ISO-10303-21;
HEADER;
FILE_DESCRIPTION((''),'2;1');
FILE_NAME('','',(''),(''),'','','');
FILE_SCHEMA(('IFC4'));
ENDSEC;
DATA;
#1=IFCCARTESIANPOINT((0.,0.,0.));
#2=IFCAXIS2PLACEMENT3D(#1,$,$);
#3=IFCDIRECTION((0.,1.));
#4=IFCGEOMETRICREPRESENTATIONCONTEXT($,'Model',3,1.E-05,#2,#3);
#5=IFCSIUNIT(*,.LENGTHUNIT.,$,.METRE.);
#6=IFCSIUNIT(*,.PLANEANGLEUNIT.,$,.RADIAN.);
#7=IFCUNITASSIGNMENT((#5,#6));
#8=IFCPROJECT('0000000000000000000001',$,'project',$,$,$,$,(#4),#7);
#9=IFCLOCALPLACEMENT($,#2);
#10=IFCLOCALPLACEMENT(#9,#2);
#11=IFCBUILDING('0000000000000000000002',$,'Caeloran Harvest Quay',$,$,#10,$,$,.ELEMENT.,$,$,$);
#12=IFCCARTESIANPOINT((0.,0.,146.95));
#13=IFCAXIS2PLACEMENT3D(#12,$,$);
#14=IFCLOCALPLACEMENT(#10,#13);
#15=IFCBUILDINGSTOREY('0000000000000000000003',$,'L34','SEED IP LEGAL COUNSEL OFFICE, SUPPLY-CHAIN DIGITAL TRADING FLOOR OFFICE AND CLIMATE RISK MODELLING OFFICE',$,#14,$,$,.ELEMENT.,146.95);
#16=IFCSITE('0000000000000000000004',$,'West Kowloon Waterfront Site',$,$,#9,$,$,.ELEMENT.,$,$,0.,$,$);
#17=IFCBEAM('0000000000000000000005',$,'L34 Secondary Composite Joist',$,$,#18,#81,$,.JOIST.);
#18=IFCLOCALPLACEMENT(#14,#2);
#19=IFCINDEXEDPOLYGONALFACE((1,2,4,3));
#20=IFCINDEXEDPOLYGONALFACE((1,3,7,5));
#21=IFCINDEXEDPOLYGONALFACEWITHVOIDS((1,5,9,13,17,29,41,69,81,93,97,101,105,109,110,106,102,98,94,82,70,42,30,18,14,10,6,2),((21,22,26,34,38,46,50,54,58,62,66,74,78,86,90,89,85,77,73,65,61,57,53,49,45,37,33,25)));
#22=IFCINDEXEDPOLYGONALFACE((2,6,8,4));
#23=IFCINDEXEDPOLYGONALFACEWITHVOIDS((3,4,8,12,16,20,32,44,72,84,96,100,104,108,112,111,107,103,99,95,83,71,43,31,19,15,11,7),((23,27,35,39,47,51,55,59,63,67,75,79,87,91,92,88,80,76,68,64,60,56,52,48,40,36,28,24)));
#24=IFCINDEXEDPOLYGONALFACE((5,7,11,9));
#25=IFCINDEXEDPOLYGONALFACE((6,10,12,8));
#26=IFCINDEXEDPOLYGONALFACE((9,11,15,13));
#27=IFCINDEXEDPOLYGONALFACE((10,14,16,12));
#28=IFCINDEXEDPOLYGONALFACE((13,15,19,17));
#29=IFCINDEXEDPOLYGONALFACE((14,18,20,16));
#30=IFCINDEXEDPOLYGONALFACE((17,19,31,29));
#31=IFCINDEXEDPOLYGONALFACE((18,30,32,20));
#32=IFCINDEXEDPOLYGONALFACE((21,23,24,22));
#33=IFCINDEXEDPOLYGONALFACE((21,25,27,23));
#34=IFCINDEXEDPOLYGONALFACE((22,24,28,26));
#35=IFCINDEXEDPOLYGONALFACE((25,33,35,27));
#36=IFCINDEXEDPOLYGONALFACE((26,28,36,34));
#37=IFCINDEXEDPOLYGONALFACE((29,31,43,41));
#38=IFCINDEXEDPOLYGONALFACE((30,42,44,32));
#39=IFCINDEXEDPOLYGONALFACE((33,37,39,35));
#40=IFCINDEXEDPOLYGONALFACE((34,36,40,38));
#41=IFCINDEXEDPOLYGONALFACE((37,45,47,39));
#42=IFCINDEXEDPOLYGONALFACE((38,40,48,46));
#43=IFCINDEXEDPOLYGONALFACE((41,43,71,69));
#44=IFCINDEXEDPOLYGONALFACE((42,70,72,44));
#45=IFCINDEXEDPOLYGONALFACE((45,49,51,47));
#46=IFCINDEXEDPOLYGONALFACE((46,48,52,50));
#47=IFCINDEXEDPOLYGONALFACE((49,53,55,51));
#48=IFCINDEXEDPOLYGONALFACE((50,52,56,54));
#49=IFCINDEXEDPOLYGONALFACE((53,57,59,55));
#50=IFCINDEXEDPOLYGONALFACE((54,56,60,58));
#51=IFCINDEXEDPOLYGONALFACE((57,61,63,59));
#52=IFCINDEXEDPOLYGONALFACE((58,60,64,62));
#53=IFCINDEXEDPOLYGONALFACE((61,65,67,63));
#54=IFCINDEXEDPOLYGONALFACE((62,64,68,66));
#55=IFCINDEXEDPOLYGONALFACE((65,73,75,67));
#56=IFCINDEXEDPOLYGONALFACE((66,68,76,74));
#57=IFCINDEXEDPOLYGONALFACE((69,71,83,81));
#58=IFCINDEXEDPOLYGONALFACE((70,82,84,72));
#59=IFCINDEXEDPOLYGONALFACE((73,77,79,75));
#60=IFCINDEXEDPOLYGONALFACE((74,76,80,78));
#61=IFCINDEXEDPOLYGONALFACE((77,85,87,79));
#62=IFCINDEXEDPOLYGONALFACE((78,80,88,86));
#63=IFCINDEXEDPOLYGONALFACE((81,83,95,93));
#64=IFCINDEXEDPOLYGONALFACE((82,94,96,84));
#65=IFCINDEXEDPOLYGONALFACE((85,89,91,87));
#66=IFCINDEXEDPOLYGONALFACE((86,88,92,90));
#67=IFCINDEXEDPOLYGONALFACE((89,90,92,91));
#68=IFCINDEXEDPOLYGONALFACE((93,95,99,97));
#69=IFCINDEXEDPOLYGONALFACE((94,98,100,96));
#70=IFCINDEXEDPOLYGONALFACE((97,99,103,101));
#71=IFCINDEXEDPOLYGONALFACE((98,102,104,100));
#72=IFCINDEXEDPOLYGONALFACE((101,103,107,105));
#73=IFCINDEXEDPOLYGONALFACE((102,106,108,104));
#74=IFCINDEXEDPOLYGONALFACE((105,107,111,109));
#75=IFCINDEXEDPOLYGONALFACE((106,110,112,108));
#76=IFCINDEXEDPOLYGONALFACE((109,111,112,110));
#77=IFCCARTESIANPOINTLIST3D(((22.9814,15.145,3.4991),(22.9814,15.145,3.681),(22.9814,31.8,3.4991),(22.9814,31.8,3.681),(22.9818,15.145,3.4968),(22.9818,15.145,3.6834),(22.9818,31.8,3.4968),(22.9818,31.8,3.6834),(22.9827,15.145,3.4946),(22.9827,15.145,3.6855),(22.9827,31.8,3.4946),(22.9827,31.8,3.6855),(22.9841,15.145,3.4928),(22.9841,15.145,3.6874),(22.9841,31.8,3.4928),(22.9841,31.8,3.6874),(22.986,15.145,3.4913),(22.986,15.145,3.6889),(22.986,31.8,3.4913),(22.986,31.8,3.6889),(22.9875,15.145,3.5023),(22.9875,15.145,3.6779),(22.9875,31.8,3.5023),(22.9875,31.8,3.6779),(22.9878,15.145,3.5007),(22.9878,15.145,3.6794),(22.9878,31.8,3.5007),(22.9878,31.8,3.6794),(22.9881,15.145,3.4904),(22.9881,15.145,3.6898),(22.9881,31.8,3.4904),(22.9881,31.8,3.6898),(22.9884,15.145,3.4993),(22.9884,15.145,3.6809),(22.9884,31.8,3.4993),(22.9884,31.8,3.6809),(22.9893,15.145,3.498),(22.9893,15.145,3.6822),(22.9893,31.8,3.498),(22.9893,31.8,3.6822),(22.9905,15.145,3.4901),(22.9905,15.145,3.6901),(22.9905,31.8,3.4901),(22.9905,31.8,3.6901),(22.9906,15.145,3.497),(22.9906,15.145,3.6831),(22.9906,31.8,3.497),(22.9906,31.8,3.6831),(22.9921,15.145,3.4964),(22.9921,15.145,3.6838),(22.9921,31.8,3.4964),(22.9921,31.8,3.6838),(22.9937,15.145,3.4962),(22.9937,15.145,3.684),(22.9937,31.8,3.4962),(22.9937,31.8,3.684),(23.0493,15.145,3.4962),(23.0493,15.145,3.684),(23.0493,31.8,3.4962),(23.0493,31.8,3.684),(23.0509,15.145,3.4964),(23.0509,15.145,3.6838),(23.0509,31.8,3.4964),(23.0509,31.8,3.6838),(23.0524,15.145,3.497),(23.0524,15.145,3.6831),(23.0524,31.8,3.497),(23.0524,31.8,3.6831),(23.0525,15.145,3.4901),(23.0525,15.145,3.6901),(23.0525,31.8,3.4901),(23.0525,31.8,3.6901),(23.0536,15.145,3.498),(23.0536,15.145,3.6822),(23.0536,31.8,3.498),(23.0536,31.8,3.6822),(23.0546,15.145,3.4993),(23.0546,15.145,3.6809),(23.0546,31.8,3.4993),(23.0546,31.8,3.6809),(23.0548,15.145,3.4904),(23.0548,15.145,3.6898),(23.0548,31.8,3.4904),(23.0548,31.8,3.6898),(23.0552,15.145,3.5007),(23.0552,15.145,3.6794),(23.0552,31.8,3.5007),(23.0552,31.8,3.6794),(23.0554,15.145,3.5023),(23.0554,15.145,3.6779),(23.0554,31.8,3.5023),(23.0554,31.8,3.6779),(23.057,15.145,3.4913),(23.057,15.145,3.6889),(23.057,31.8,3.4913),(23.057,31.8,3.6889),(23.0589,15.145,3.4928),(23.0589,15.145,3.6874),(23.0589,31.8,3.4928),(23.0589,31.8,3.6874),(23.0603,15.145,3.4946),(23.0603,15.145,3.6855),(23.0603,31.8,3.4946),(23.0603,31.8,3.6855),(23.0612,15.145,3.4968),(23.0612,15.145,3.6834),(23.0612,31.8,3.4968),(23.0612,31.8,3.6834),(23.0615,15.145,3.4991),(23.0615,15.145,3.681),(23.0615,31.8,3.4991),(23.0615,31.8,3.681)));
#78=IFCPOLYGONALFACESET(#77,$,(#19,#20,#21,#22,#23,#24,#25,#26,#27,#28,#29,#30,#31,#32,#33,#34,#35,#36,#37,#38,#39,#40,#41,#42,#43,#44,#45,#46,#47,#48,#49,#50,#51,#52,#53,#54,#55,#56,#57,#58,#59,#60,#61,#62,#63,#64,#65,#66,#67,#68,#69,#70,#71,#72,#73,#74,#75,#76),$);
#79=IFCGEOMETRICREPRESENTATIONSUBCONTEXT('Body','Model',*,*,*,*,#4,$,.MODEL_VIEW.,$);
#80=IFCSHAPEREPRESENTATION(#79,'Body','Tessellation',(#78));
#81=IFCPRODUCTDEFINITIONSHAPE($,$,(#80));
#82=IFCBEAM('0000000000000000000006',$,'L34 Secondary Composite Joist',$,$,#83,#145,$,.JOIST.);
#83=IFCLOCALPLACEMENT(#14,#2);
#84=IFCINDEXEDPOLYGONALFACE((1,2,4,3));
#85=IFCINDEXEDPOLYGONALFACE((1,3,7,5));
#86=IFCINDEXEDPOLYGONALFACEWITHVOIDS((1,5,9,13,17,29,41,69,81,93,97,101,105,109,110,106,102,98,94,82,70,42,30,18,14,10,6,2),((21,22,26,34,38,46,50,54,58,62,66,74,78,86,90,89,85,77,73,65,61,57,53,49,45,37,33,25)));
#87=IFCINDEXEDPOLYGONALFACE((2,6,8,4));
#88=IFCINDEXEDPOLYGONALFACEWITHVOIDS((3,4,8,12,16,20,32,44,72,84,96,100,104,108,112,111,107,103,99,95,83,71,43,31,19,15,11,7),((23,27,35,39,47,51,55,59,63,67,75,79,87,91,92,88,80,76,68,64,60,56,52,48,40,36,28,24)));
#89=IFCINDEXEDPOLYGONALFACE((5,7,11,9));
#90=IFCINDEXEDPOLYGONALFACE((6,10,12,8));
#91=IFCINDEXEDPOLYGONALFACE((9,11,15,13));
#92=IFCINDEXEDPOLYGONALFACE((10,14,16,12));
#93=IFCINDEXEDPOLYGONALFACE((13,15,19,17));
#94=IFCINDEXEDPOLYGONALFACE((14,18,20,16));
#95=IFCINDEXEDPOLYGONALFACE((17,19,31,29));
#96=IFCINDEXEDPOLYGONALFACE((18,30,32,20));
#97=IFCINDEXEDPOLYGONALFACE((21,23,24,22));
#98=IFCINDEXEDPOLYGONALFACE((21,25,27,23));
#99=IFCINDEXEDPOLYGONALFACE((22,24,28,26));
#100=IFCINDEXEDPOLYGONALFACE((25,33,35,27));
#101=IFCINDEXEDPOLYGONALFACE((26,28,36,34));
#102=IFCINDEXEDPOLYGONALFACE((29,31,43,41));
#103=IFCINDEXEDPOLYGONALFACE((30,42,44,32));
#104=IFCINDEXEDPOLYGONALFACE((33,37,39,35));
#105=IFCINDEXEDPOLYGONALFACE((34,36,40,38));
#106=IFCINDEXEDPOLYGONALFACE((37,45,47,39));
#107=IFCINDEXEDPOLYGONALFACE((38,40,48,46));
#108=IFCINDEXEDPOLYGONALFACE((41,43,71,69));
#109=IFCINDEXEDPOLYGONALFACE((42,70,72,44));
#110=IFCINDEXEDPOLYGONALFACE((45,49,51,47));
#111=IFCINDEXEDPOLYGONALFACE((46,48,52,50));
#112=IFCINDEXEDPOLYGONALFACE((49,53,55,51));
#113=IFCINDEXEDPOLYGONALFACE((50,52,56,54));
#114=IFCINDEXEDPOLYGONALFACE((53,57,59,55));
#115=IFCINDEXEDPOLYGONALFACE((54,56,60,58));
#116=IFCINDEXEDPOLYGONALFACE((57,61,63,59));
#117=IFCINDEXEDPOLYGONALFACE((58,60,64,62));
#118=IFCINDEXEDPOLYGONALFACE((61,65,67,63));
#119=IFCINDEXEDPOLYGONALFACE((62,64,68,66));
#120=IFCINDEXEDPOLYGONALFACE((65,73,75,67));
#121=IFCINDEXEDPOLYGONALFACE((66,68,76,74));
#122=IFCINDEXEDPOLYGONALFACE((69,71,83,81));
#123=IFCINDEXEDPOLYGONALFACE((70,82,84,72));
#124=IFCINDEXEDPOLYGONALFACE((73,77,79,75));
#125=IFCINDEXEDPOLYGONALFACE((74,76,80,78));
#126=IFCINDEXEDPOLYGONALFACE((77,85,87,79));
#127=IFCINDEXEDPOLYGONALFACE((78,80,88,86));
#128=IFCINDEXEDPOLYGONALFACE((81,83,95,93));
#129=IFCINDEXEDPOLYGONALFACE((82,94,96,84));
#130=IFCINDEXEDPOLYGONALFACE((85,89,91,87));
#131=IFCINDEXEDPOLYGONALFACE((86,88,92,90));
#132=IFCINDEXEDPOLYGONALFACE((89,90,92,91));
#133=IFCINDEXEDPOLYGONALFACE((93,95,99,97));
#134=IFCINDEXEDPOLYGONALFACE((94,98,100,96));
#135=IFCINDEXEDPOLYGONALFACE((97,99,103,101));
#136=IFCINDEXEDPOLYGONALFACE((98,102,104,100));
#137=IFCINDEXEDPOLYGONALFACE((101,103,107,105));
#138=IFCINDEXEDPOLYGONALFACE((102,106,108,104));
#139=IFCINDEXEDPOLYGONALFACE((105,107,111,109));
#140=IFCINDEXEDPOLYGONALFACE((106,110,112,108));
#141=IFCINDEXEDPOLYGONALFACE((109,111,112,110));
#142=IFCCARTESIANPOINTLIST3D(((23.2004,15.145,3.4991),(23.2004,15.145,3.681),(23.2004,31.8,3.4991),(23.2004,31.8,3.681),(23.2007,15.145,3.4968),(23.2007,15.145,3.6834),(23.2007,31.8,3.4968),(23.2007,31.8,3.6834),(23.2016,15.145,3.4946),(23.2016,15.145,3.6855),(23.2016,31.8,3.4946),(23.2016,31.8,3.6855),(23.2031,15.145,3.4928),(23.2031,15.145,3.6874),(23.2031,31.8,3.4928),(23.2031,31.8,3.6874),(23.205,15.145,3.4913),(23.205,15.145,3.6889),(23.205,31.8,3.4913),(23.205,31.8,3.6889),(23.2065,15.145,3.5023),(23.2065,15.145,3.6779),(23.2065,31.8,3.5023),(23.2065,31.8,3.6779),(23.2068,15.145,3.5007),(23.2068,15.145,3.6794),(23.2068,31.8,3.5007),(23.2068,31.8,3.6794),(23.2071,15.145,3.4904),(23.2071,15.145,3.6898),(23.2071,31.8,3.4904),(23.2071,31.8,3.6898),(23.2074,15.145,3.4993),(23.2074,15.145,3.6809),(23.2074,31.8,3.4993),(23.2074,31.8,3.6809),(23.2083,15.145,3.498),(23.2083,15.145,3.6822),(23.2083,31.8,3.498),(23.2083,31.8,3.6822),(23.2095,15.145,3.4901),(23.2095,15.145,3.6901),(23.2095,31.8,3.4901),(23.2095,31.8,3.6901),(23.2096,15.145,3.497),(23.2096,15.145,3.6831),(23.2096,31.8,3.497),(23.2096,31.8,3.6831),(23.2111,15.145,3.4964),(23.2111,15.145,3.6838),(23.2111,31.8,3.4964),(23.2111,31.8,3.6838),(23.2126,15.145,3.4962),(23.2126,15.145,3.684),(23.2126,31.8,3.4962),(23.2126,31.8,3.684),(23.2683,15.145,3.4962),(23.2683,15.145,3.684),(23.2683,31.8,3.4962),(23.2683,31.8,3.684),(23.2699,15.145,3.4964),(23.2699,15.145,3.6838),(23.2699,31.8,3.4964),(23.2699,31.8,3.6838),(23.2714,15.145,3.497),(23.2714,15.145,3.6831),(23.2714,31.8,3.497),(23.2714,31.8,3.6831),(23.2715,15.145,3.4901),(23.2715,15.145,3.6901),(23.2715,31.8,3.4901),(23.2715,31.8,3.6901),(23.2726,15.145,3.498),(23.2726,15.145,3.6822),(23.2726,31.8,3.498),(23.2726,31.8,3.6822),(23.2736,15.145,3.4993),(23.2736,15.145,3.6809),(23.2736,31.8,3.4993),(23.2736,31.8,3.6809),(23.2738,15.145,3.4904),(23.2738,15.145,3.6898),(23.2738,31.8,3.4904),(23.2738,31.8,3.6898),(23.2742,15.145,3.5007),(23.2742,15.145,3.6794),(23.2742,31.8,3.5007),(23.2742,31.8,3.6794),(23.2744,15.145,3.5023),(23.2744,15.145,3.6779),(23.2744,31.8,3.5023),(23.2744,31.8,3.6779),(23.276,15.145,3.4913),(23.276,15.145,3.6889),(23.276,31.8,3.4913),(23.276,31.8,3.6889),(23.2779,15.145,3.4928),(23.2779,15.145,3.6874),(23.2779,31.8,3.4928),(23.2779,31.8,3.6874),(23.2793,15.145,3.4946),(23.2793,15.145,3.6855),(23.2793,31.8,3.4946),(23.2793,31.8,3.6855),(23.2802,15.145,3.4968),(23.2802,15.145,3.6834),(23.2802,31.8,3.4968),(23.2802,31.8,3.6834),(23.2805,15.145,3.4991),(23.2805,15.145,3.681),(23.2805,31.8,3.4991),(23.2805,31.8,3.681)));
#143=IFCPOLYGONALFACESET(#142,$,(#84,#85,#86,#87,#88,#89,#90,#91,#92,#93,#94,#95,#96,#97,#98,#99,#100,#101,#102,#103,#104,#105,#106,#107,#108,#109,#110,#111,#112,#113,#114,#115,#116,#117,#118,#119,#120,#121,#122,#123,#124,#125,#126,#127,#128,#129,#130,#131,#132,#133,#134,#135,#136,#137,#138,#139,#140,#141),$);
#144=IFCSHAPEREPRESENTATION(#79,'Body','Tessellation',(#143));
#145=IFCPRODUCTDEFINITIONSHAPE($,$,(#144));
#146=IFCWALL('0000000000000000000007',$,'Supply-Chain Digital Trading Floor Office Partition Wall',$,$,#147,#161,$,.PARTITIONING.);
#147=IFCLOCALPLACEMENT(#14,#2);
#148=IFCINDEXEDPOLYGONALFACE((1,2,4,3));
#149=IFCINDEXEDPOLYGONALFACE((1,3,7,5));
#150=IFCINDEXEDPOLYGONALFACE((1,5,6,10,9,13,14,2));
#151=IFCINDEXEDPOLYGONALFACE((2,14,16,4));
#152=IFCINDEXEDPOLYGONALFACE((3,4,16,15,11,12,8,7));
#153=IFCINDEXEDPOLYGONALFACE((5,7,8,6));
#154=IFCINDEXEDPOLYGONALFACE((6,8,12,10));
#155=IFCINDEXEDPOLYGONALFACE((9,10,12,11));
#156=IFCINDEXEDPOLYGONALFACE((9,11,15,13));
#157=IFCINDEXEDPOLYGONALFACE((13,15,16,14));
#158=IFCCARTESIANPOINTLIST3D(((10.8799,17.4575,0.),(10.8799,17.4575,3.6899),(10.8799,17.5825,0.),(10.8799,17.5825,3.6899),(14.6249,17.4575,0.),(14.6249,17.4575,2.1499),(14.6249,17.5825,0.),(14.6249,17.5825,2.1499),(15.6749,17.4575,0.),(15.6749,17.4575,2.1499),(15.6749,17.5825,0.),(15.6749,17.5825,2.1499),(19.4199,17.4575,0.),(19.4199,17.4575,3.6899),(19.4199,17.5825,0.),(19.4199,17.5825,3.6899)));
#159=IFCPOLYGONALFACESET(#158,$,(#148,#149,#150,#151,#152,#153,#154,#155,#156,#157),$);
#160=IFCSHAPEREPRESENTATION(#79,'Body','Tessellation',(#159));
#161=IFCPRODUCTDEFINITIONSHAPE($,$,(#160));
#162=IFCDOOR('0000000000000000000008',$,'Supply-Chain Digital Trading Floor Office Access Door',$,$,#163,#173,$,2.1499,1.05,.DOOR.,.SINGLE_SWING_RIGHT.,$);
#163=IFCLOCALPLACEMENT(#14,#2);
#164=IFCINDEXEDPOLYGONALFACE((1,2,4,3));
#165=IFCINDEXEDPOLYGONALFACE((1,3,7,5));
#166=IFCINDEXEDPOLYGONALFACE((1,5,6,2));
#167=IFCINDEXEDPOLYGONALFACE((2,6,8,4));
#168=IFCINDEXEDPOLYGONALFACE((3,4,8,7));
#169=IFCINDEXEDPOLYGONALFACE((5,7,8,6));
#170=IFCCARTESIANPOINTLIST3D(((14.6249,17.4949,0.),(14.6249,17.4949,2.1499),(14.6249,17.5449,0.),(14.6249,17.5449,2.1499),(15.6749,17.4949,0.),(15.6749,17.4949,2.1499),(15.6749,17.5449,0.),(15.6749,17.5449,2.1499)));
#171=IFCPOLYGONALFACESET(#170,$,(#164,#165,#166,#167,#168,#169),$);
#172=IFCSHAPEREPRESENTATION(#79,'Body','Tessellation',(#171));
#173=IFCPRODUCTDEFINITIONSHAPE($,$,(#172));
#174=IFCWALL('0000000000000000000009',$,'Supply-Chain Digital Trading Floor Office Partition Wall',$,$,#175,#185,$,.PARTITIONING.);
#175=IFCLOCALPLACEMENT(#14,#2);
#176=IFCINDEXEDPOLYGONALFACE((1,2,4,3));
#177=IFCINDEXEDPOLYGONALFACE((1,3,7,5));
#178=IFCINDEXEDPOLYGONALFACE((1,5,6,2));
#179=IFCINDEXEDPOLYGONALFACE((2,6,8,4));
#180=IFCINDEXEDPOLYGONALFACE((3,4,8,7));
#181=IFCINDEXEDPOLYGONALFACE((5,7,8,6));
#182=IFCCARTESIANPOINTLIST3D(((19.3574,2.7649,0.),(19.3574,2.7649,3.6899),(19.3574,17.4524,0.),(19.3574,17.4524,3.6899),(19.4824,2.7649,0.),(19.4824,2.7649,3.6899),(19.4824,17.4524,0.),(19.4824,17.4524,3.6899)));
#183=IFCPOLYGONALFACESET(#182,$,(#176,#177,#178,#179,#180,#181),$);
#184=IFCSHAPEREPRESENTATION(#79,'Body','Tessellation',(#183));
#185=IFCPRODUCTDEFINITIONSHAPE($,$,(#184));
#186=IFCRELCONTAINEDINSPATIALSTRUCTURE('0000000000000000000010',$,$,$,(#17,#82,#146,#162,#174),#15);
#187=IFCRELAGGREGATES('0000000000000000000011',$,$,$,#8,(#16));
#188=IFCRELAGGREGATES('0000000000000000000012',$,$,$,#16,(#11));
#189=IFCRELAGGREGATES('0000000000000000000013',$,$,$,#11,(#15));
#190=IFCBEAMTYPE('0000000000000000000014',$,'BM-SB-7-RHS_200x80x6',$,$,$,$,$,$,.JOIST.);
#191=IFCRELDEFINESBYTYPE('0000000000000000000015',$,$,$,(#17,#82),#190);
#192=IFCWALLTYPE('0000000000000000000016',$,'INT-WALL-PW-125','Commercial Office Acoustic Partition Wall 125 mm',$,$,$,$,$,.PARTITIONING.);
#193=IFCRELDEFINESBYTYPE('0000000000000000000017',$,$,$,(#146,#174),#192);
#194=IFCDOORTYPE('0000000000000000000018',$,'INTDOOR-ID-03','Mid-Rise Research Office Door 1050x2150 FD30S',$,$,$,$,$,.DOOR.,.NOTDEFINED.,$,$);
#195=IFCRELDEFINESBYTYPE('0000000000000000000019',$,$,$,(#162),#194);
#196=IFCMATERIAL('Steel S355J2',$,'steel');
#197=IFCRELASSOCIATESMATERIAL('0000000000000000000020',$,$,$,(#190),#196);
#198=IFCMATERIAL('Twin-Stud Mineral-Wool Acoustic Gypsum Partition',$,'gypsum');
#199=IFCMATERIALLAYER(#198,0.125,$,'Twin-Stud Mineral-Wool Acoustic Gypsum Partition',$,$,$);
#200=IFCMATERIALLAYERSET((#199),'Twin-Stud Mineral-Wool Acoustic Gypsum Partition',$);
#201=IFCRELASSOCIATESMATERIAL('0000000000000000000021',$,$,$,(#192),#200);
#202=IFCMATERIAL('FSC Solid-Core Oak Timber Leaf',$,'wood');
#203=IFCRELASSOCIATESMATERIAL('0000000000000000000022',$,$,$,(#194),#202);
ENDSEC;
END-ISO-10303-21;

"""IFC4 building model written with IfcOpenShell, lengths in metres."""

from ifc_helpers import new_model, si_unit, direction, frame, frame_2d, origin, origin_2d, place, context, subcontext, project, spatial, rectangle, hollow_rectangle, extrude, material, layer, layer_set, material_profile, profile_set, type_object, element, fill, save


model = new_model("IFC4")

# Units and contexts
model_context = context("Model", 3, precision=1e-05, world=origin(), true_north=direction((0.0, 1.0)))
body_context = subcontext(model_context, "Body", "Model", "MODEL_VIEW")
ifc_project = project(units=[si_unit("LENGTHUNIT", "METRE"), si_unit("PLANEANGLEUNIT", "RADIAN")], contexts=[model_context])

# Site, building, storey
site_placement = place(None, origin())
site = spatial("IfcSite", under=ifc_project, at=site_placement, Name="West Kowloon Waterfront Site", CompositionType="ELEMENT", RefElevation=0.0)
building_placement = place(site_placement, origin())
building = spatial("IfcBuilding", under=site, at=building_placement, Name="Caeloran Harvest Quay", CompositionType="ELEMENT")
storey_placement = place(building_placement, frame((0.0, 0.0, 146.95)))
storey = spatial("IfcBuildingStorey", under=building, at=storey_placement, Name="L34", Description="SEED IP LEGAL COUNSEL OFFICE, SUPPLY-CHAIN DIGITAL TRADING FLOOR OFFICE AND CLIMATE RISK MODELLING OFFICE", CompositionType="ELEMENT", Elevation=146.95)

# Beams
ifc_material_1 = material(Name="Steel S355J2", Category="steel")
ifc_material_profile_1 = material_profile(ifc_material_1, hollow_rectangle(XDim=0.0801, YDim=0.2, WallThickness=0.0061, InnerFilletRadius=0.0061, OuterFilletRadius=0.009, at=origin_2d()), Name="RHS 200x80x6")
ifc_profile_set_1 = profile_set([ifc_material_profile_1], Name="Steel S355J2")
beam_type_1 = type_object("IfcBeamType", Name="BM-SB-7-RHS_200x80x6", PredefinedType="JOIST", material=ifc_profile_set_1)
for number, where, z_axis, x_axis, name in (
    (1, (23.0215, 15.145, 3.5901), (0.0, 1.0, 0.0), (-1.0, 0.0, 0.0), "L34 Secondary Composite Joist"),
    (2, (23.2405, 15.145, 3.5901), (0.0, 1.0, 0.0), (-1.0, 0.0, 0.0), "L34 Secondary Composite Joist"),
):
    element("IfcBeam", number, at=place(storey_placement, frame(where, z_axis=z_axis, x_axis=x_axis)), inside=storey, type_object=beam_type_1, Name=name, PredefinedType="JOIST", context=body_context, shape_type="SweptSolid", body=[
        extrude(hollow_rectangle(XDim=0.0801, YDim=0.2, WallThickness=0.0061, InnerFilletRadius=0.0061, OuterFilletRadius=0.009, at=origin_2d()), origin(), (0.0, 0.0, 1.0), 16.655),
    ])

# Wall, opening, door
ifc_material_2 = material(Name="Twin-Stud Mineral-Wool Acoustic Gypsum Partition", Category="gypsum")
ifc_layer_1 = layer(ifc_material_2, 0.125, Name="Twin-Stud Mineral-Wool Acoustic Gypsum Partition")
ifc_layer_set_1 = layer_set([ifc_layer_1], Name="Twin-Stud Mineral-Wool Acoustic Gypsum Partition")
wall_type_1 = type_object("IfcWallType", Name="INT-WALL-PW-125", Description="Commercial Office Acoustic Partition Wall 125 mm", PredefinedType="PARTITIONING", material=ifc_layer_set_1)
wall_1_placement = place(storey_placement, frame((10.8799, 17.52, 0.0), z_axis=(0.0, 0.0, 1.0), x_axis=(1.0, 0.0, 0.0)))
wall_1 = element("IfcWall", 3, at=wall_1_placement, inside=storey, type_object=wall_type_1, Name="Supply-Chain Digital Trading Floor Office Partition Wall", PredefinedType="PARTITIONING", context=body_context, shape_type="SweptSolid", body=[
    extrude(rectangle(XDim=8.54, YDim=0.125, at=frame_2d((4.27, 0.0))), origin(), (0.0, 0.0, 1.0), 3.6899),
])
opening_1_placement = place(wall_1_placement, frame((3.7451, 0.0, 0.0)))
opening_1 = element("IfcOpeningElement", 4, at=opening_1_placement, cuts=wall_1, PredefinedType="OPENING", context=body_context, shape_type="SweptSolid", body=[
    extrude(rectangle(XDim=1.05, YDim=2.1499, at=frame_2d((0.5249, 1.075))), frame((0.0, 0.0725, 0.0), z_axis=(0.0, -1.0, 0.0), x_axis=(1.0, 0.0, 0.0)), (0.0, 0.0, 1.0), 0.145),
])
ifc_material_3 = material(Name="FSC Solid-Core Oak Timber Leaf", Category="wood")
door_type_1 = type_object("IfcDoorType", Name="INTDOOR-ID-03", Description="Mid-Rise Research Office Door 1050x2150 FD30S", OperationType="NOTDEFINED", PredefinedType="DOOR", material=ifc_material_3)
door_1_placement = place(opening_1_placement, origin())
door_1 = element("IfcDoor", 5, at=door_1_placement, inside=storey, type_object=door_type_1, Name="Supply-Chain Digital Trading Floor Office Access Door", OperationType="SINGLE_SWING_RIGHT", OverallHeight=2.1499, OverallWidth=1.05, PredefinedType="DOOR", context=body_context, shape_type="SweptSolid", body=[
    extrude(rectangle(XDim=1.05, YDim=2.1499, at=frame_2d((0.5249, 1.075))), frame((0.0, 0.0249, 0.0), z_axis=(0.0, -1.0, 0.0), x_axis=(1.0, 0.0, 0.0)), (0.0, 0.0, 1.0), 0.05),
])
fill(opening_1, door_1)

# Wall
wall_2_placement = place(storey_placement, frame((19.4199, 17.4524, 0.0), z_axis=(0.0, 0.0, 1.0), x_axis=(0.0, -1.0, 0.0)))
element("IfcWall", 6, at=wall_2_placement, inside=storey, type_object=wall_type_1, Name="Supply-Chain Digital Trading Floor Office Partition Wall", PredefinedType="PARTITIONING", context=body_context, shape_type="SweptSolid", body=[
    extrude(rectangle(XDim=14.6875, YDim=0.125, at=frame_2d((7.3438, 0.0))), origin(), (0.0, 0.0, 1.0), 3.6899),
])

save(model, "model.ifc")
